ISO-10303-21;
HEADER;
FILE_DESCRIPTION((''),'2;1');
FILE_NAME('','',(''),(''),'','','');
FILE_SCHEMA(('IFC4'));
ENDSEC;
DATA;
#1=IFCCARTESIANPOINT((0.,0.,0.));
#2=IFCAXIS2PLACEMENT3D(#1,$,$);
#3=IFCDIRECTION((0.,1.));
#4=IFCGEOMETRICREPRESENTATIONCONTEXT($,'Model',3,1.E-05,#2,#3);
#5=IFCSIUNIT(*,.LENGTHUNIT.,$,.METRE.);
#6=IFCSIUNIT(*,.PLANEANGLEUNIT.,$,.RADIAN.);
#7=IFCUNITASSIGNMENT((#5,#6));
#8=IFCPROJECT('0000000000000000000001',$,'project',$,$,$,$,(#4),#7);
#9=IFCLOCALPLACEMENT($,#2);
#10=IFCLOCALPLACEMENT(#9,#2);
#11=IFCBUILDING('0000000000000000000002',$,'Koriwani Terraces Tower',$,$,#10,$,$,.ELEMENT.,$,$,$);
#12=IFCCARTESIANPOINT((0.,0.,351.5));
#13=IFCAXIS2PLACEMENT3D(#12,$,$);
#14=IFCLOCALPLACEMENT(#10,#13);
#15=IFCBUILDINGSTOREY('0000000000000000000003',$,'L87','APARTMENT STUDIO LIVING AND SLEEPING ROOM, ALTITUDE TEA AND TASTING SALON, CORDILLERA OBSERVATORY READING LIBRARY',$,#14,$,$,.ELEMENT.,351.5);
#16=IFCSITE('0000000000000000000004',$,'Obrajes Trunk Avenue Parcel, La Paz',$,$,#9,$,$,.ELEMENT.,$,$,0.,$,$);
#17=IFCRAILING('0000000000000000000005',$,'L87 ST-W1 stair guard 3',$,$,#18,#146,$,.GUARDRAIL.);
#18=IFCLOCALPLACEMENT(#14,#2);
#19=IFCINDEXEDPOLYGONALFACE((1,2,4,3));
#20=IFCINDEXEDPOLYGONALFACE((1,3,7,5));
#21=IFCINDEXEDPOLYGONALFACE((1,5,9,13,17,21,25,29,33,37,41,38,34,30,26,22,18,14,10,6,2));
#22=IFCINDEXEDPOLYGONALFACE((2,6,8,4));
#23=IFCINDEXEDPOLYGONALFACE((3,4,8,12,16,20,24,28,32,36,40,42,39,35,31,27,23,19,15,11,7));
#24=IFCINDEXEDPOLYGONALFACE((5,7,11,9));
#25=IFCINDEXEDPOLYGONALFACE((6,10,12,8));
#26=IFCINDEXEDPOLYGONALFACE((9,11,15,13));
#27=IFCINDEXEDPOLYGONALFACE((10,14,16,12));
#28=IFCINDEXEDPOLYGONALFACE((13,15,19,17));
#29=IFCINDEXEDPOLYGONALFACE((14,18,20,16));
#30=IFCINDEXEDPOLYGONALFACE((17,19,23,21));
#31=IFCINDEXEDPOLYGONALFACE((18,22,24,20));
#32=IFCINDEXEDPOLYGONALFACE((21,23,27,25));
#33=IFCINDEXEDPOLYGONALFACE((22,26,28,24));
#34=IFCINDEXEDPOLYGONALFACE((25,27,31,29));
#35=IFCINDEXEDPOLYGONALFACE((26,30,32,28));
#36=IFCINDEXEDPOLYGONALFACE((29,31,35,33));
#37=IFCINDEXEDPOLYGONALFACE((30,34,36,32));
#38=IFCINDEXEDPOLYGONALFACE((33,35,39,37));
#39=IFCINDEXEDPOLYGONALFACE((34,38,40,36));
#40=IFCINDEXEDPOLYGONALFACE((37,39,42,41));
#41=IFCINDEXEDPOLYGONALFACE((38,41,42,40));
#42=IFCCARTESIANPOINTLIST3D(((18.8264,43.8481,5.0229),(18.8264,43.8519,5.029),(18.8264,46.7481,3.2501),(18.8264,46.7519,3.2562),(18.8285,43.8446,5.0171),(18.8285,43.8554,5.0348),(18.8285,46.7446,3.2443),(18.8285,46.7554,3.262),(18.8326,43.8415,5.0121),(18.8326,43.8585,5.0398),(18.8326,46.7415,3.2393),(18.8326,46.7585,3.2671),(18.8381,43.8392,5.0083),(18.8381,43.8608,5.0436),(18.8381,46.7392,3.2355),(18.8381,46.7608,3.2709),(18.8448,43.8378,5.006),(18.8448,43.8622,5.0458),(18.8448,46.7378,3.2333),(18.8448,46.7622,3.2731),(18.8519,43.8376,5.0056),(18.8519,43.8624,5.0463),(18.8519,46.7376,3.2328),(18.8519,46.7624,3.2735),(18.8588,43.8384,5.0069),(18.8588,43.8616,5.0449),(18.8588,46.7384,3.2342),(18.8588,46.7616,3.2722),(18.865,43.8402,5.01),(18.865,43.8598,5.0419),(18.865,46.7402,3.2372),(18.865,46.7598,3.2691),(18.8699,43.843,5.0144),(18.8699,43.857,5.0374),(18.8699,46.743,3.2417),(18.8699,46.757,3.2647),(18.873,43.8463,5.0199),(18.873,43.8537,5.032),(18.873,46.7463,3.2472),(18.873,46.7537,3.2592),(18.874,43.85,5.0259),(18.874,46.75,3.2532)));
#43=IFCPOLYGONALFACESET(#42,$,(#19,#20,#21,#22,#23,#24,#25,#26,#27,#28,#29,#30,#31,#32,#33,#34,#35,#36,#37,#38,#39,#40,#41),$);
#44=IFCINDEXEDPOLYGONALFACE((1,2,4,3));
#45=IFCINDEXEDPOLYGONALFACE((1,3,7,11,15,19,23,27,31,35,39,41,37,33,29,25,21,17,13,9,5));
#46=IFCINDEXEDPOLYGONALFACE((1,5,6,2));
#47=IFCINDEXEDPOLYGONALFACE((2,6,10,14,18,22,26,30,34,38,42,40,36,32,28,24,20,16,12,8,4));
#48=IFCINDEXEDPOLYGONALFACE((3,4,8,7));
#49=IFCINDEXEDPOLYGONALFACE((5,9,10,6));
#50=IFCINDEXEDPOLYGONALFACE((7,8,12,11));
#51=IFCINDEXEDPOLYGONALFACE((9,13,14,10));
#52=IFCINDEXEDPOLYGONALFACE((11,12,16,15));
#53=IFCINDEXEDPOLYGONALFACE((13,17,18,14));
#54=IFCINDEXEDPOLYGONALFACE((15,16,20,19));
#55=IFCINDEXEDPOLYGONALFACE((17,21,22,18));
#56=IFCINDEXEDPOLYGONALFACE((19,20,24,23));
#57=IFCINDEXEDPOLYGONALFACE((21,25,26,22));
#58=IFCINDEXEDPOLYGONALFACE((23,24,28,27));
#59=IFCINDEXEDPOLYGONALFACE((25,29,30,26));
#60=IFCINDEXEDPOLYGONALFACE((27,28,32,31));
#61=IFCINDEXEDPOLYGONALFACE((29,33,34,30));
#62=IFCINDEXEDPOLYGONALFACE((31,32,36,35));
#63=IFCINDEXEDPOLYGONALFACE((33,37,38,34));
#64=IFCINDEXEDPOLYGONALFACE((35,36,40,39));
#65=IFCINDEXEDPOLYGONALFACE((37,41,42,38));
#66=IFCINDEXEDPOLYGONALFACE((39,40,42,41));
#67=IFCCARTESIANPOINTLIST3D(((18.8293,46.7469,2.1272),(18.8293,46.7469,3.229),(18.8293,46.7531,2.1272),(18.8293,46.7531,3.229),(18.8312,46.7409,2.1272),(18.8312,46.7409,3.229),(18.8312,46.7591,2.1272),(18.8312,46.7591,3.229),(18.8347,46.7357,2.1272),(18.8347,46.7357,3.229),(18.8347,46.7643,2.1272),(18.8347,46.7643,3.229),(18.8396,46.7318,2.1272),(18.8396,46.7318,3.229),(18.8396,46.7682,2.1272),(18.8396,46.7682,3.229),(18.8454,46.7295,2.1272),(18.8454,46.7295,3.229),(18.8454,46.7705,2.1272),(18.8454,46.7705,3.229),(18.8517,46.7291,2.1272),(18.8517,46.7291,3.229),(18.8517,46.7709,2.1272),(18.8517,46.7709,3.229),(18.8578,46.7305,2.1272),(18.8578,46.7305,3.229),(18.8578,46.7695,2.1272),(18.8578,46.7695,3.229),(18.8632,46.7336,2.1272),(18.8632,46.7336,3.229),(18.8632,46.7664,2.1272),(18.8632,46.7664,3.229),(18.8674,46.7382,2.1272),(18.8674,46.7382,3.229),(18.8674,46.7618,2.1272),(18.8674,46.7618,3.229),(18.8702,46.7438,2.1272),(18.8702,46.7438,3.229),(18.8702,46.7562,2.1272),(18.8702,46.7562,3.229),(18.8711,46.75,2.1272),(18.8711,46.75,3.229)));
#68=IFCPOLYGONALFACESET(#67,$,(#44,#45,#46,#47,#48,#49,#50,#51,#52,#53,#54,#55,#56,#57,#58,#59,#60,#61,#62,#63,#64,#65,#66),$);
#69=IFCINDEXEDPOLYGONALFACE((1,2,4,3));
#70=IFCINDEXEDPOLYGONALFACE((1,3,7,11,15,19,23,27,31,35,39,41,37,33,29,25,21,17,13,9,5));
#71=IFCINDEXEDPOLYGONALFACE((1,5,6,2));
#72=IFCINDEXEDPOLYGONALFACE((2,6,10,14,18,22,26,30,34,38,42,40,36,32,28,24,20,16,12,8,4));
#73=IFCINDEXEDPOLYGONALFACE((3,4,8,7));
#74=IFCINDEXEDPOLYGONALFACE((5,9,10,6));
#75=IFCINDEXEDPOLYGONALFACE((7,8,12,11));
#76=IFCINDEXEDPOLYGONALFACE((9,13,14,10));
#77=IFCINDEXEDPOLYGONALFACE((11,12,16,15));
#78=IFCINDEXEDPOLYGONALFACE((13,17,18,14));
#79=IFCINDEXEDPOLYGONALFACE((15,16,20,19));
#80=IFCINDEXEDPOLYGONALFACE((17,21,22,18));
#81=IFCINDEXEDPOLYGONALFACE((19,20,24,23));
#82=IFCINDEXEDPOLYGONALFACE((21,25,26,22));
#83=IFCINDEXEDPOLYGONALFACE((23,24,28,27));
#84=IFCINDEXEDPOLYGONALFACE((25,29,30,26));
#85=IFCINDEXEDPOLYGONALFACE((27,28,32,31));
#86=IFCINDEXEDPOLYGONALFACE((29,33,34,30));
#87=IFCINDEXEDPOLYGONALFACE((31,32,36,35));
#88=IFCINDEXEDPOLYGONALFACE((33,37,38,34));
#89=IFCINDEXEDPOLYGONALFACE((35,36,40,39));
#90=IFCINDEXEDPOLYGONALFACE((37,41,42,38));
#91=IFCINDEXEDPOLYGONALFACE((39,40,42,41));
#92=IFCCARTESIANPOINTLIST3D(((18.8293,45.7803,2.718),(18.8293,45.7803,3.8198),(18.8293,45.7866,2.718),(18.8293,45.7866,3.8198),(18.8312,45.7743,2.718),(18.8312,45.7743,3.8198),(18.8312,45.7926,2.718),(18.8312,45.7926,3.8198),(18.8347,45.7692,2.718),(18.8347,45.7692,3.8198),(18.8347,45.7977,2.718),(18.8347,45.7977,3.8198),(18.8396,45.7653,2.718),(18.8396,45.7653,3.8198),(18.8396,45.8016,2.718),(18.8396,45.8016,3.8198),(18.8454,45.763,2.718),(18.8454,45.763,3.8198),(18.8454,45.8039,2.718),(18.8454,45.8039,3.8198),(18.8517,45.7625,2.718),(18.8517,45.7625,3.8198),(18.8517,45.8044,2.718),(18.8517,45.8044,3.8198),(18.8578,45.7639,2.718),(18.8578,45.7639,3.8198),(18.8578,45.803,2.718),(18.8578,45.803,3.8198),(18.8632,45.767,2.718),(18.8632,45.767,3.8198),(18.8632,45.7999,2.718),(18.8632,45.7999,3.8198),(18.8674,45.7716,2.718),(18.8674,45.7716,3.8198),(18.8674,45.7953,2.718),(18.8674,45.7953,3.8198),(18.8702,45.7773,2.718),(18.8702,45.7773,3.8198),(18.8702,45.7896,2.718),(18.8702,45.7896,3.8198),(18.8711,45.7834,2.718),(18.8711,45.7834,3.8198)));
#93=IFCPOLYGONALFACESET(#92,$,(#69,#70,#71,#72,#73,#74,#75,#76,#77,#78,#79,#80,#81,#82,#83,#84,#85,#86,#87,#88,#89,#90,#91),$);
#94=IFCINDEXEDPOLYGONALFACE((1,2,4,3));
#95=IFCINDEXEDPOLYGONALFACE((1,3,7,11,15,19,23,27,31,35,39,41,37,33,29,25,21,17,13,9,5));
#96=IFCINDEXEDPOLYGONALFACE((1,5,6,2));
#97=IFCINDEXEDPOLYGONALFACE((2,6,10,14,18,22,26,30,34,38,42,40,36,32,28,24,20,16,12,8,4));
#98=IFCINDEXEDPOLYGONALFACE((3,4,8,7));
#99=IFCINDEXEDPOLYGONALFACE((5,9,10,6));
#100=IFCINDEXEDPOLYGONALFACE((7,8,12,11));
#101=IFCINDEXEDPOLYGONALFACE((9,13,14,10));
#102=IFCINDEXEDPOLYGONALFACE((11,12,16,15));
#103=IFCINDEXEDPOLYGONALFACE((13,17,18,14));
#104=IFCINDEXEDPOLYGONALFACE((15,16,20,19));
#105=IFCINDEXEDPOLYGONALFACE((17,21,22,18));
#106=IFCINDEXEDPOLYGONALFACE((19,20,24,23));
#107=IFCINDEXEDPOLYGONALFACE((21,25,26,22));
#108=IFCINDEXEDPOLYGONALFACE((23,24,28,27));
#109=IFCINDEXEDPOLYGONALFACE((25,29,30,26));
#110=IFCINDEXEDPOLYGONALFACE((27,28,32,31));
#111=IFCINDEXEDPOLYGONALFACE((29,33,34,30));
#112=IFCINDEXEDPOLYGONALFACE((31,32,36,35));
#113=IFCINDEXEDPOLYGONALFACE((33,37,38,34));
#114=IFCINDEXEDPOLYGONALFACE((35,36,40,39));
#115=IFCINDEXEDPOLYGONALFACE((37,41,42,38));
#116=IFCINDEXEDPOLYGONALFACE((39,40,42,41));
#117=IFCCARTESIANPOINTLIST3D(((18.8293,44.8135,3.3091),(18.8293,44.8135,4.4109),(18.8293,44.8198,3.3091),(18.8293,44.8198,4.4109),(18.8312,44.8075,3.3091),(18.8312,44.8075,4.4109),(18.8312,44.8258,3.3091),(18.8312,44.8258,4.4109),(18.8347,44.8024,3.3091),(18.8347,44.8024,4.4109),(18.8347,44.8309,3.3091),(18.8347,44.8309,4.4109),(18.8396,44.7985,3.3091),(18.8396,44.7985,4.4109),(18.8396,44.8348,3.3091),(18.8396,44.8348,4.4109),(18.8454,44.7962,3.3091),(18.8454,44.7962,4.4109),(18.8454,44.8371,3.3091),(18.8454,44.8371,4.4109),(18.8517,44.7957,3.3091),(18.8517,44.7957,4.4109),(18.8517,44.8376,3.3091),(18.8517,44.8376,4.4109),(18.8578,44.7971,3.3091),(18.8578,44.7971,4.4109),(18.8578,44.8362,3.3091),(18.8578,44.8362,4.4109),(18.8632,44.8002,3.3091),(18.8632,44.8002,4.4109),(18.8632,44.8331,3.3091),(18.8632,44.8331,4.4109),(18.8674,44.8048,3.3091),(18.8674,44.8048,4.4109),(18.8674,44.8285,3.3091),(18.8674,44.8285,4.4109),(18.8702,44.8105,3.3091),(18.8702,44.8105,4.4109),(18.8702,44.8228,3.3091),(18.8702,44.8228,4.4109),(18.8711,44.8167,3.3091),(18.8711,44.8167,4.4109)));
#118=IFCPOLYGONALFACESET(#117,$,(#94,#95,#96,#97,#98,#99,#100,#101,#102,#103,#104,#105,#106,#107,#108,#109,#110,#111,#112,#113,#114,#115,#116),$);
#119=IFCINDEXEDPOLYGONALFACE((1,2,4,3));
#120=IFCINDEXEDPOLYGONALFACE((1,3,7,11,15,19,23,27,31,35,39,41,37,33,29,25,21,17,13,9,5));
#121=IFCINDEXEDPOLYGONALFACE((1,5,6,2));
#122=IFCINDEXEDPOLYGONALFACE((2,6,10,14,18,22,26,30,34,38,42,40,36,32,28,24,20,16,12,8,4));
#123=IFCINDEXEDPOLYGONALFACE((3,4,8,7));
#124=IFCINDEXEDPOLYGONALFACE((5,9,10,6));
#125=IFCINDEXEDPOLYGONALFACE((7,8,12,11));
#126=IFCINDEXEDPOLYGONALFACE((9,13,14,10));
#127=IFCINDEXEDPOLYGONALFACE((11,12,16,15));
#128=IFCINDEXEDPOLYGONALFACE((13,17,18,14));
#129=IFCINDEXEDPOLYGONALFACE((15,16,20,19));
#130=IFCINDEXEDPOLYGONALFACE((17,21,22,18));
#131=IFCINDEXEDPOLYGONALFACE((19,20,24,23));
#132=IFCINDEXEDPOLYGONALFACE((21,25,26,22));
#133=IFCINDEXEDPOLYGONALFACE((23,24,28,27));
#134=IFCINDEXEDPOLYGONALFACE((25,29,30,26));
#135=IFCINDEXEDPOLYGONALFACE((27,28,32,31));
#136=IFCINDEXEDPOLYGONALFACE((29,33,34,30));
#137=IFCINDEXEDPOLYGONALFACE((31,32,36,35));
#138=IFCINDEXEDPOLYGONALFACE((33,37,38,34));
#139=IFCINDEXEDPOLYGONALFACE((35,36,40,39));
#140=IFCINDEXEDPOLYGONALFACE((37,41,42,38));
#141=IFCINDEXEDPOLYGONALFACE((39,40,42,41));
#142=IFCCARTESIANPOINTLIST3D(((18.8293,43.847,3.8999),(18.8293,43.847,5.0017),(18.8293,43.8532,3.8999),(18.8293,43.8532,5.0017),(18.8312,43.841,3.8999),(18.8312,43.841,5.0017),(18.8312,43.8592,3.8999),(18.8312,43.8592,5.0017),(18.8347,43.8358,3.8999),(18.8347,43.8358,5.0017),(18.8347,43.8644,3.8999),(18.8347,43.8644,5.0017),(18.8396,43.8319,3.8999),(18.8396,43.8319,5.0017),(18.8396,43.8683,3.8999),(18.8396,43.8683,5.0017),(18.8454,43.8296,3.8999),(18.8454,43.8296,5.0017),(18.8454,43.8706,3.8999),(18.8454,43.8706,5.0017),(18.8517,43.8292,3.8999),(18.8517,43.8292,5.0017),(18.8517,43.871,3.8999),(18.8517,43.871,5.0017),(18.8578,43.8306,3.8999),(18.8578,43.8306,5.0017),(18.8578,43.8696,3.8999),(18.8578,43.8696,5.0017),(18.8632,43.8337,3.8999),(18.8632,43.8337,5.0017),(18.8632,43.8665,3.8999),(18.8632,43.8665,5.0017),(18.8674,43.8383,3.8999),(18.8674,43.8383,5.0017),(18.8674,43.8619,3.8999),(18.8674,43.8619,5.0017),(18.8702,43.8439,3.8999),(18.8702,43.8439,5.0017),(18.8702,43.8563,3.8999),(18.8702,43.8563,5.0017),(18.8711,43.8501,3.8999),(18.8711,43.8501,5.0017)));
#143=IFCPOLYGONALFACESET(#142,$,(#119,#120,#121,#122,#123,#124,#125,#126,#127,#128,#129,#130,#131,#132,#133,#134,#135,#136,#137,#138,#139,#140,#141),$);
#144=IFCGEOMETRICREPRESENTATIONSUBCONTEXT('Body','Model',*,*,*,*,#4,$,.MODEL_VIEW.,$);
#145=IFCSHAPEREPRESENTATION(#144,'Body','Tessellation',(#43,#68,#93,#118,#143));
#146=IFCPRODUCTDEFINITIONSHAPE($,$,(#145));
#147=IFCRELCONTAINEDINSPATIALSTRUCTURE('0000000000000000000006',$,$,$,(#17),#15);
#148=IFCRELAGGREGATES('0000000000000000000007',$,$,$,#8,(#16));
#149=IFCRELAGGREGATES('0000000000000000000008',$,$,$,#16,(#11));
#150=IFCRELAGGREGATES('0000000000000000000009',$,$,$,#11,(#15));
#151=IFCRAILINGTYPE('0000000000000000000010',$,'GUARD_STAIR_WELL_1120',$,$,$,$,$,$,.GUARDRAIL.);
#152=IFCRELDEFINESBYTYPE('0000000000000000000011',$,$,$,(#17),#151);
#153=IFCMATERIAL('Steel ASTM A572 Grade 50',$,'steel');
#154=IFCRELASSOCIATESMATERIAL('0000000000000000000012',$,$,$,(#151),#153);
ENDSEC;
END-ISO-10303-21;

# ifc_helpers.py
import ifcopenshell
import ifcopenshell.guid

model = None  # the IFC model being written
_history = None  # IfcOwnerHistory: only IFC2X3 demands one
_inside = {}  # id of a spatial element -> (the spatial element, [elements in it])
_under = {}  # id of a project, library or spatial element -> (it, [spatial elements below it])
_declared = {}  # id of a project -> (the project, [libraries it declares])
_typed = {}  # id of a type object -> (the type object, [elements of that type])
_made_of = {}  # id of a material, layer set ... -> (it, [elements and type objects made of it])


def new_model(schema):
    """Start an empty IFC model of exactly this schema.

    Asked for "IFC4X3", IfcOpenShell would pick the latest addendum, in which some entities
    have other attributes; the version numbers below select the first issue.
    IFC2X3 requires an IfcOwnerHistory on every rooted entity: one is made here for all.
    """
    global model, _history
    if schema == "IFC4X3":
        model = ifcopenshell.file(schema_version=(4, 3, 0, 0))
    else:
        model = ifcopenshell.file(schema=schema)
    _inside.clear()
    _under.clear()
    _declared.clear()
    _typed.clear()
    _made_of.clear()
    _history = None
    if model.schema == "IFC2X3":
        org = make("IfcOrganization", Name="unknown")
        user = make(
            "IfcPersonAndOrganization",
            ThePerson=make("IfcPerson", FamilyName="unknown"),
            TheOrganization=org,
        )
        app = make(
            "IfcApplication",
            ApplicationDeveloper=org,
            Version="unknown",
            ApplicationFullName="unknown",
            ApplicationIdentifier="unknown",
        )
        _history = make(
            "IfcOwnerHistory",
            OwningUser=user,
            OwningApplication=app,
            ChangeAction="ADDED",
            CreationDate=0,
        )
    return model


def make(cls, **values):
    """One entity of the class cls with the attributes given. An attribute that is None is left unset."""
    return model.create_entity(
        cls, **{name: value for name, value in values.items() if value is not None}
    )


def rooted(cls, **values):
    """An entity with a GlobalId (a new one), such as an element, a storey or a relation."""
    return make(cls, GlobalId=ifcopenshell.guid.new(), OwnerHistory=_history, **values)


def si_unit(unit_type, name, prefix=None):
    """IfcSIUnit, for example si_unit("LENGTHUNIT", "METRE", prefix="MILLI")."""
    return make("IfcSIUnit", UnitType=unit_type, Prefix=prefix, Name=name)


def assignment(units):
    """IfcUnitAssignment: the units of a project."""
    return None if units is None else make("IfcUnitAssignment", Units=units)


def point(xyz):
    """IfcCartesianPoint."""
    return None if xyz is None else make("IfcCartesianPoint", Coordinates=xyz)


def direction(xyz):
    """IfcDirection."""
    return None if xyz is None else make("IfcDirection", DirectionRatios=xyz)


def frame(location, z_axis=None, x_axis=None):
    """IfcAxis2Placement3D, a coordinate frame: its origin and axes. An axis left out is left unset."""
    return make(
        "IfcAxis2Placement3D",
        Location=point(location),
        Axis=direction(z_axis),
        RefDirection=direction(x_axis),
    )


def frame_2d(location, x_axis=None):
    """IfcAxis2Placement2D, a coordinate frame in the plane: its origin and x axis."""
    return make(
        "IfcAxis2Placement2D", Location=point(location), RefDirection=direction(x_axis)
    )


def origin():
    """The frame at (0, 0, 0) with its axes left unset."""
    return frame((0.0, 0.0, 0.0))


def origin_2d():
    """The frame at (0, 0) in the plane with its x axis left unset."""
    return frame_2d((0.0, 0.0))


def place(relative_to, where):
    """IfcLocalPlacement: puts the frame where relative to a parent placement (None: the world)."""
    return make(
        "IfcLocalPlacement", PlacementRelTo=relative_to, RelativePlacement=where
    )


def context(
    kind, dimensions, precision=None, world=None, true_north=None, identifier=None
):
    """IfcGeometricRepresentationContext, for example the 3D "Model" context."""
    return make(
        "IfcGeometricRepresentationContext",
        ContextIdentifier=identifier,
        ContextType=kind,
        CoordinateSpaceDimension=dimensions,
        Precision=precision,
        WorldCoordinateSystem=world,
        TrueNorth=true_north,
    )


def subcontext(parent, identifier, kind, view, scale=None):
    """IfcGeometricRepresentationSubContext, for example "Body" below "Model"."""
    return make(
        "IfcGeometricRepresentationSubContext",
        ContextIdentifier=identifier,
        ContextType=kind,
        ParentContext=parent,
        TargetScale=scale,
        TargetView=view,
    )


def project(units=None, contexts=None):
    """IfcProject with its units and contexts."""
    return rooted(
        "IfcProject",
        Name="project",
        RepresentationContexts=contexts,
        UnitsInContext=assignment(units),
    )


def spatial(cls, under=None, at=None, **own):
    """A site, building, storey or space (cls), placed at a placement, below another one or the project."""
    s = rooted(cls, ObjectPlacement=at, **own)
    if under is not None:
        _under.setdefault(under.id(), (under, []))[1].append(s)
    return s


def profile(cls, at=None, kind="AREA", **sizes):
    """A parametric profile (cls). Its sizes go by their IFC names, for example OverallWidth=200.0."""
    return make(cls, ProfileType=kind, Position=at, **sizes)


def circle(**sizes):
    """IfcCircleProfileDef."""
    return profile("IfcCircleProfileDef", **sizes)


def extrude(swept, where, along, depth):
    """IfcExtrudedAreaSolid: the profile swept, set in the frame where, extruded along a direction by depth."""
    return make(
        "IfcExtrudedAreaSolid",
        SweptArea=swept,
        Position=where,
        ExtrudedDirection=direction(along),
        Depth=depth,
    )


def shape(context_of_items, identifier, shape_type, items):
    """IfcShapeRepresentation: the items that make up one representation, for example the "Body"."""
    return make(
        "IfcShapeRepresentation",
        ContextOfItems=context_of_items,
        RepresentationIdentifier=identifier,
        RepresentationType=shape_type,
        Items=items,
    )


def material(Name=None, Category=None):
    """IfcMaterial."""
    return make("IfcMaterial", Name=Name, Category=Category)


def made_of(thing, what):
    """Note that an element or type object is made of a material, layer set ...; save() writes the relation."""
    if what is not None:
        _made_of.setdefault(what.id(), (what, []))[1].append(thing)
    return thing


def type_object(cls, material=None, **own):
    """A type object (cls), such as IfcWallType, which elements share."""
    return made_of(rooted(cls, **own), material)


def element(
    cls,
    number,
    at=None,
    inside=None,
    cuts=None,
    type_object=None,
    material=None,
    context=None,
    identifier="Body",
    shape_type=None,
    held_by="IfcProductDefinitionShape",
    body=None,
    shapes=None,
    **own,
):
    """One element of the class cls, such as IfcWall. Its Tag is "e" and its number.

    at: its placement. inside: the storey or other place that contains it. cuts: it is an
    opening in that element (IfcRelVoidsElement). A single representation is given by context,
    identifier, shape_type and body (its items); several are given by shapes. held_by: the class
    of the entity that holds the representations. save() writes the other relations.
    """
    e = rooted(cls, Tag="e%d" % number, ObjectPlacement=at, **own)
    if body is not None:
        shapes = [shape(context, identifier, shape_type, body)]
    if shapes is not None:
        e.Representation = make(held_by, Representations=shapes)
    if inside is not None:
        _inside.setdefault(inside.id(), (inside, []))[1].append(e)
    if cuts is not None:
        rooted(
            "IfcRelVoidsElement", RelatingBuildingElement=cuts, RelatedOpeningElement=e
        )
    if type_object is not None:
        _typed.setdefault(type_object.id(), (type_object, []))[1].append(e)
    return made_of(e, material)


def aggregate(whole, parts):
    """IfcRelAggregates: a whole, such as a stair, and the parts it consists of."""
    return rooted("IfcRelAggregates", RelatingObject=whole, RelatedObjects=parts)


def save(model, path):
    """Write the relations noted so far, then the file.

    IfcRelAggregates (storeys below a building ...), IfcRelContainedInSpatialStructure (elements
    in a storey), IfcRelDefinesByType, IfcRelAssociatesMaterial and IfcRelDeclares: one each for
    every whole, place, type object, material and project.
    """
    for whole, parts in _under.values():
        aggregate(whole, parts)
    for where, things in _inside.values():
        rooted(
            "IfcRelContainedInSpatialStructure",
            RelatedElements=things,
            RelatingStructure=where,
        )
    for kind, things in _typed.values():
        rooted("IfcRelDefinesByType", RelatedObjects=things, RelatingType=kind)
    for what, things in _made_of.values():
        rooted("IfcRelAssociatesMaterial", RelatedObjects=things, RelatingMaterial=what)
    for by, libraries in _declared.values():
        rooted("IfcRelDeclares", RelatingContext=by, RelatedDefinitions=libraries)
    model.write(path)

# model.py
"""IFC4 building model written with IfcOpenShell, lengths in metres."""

from ifc_helpers import new_model, si_unit, direction, frame, origin, origin_2d, place, context, subcontext, project, spatial, circle, extrude, material, type_object, element, save


model = new_model("IFC4")

# Units and contexts
model_context = context("Model", 3, precision=1e-05, world=origin(), true_north=direction((0.0, 1.0)))
body_context = subcontext(model_context, "Body", "Model", "MODEL_VIEW")
ifc_project = project(units=[si_unit("LENGTHUNIT", "METRE"), si_unit("PLANEANGLEUNIT", "RADIAN")], contexts=[model_context])

# Site, building, storey
site_placement = place(None, origin())
site = spatial("IfcSite", under=ifc_project, at=site_placement, Name="Obrajes Trunk Avenue Parcel, La Paz", CompositionType="ELEMENT", RefElevation=0.0)
building_placement = place(site_placement, origin())
building = spatial("IfcBuilding", under=site, at=building_placement, Name="Koriwani Terraces Tower", CompositionType="ELEMENT")
storey_placement = place(building_placement, frame((0.0, 0.0, 351.5)))
storey = spatial("IfcBuildingStorey", under=building, at=storey_placement, Name="L87", Description="APARTMENT STUDIO LIVING AND SLEEPING ROOM, ALTITUDE TEA AND TASTING SALON, CORDILLERA OBSERVATORY READING LIBRARY", CompositionType="ELEMENT", Elevation=351.5)

# Shared definitions
ifc_material_1 = material(Name="Steel ASTM A572 Grade 50", Category="steel")

# Railing
railing_type_1 = type_object("IfcRailingType", Name="GUARD_STAIR_WELL_1120", PredefinedType="GUARDRAIL", material=ifc_material_1)
railing_1_placement = place(storey_placement, frame((18.8501, 46.75, 2.1272)))
element("IfcRailing", 1, at=railing_1_placement, inside=storey, type_object=railing_type_1, Name="L87 ST-W1 stair guard 3", PredefinedType="GUARDRAIL", context=body_context, shape_type="SweptSolid", body=[
    extrude(circle(Radius=0.0239, at=origin_2d()), frame((0.0, 0.0, 1.126), z_axis=(0.0, -0.853211, 0.521566), x_axis=(1.0, 0.0, 0.0)), (0.0, 0.0, 1.0), 3.3989),
    extrude(circle(Radius=0.021, at=origin_2d()), origin(), (0.0, 0.0, 1.0), 1.1018),
    extrude(circle(Radius=0.021, at=origin_2d()), frame((0.0, -0.9666, 0.5908)), (0.0, 0.0, 1.0), 1.1018),
    extrude(circle(Radius=0.021, at=origin_2d()), frame((0.0, -1.9333, 1.1819)), (0.0, 0.0, 1.0), 1.1018),
    extrude(circle(Radius=0.021, at=origin_2d()), frame((0.0, -2.8999, 1.7727)), (0.0, 0.0, 1.0), 1.1018),
])

save(model, "model.ifc")
